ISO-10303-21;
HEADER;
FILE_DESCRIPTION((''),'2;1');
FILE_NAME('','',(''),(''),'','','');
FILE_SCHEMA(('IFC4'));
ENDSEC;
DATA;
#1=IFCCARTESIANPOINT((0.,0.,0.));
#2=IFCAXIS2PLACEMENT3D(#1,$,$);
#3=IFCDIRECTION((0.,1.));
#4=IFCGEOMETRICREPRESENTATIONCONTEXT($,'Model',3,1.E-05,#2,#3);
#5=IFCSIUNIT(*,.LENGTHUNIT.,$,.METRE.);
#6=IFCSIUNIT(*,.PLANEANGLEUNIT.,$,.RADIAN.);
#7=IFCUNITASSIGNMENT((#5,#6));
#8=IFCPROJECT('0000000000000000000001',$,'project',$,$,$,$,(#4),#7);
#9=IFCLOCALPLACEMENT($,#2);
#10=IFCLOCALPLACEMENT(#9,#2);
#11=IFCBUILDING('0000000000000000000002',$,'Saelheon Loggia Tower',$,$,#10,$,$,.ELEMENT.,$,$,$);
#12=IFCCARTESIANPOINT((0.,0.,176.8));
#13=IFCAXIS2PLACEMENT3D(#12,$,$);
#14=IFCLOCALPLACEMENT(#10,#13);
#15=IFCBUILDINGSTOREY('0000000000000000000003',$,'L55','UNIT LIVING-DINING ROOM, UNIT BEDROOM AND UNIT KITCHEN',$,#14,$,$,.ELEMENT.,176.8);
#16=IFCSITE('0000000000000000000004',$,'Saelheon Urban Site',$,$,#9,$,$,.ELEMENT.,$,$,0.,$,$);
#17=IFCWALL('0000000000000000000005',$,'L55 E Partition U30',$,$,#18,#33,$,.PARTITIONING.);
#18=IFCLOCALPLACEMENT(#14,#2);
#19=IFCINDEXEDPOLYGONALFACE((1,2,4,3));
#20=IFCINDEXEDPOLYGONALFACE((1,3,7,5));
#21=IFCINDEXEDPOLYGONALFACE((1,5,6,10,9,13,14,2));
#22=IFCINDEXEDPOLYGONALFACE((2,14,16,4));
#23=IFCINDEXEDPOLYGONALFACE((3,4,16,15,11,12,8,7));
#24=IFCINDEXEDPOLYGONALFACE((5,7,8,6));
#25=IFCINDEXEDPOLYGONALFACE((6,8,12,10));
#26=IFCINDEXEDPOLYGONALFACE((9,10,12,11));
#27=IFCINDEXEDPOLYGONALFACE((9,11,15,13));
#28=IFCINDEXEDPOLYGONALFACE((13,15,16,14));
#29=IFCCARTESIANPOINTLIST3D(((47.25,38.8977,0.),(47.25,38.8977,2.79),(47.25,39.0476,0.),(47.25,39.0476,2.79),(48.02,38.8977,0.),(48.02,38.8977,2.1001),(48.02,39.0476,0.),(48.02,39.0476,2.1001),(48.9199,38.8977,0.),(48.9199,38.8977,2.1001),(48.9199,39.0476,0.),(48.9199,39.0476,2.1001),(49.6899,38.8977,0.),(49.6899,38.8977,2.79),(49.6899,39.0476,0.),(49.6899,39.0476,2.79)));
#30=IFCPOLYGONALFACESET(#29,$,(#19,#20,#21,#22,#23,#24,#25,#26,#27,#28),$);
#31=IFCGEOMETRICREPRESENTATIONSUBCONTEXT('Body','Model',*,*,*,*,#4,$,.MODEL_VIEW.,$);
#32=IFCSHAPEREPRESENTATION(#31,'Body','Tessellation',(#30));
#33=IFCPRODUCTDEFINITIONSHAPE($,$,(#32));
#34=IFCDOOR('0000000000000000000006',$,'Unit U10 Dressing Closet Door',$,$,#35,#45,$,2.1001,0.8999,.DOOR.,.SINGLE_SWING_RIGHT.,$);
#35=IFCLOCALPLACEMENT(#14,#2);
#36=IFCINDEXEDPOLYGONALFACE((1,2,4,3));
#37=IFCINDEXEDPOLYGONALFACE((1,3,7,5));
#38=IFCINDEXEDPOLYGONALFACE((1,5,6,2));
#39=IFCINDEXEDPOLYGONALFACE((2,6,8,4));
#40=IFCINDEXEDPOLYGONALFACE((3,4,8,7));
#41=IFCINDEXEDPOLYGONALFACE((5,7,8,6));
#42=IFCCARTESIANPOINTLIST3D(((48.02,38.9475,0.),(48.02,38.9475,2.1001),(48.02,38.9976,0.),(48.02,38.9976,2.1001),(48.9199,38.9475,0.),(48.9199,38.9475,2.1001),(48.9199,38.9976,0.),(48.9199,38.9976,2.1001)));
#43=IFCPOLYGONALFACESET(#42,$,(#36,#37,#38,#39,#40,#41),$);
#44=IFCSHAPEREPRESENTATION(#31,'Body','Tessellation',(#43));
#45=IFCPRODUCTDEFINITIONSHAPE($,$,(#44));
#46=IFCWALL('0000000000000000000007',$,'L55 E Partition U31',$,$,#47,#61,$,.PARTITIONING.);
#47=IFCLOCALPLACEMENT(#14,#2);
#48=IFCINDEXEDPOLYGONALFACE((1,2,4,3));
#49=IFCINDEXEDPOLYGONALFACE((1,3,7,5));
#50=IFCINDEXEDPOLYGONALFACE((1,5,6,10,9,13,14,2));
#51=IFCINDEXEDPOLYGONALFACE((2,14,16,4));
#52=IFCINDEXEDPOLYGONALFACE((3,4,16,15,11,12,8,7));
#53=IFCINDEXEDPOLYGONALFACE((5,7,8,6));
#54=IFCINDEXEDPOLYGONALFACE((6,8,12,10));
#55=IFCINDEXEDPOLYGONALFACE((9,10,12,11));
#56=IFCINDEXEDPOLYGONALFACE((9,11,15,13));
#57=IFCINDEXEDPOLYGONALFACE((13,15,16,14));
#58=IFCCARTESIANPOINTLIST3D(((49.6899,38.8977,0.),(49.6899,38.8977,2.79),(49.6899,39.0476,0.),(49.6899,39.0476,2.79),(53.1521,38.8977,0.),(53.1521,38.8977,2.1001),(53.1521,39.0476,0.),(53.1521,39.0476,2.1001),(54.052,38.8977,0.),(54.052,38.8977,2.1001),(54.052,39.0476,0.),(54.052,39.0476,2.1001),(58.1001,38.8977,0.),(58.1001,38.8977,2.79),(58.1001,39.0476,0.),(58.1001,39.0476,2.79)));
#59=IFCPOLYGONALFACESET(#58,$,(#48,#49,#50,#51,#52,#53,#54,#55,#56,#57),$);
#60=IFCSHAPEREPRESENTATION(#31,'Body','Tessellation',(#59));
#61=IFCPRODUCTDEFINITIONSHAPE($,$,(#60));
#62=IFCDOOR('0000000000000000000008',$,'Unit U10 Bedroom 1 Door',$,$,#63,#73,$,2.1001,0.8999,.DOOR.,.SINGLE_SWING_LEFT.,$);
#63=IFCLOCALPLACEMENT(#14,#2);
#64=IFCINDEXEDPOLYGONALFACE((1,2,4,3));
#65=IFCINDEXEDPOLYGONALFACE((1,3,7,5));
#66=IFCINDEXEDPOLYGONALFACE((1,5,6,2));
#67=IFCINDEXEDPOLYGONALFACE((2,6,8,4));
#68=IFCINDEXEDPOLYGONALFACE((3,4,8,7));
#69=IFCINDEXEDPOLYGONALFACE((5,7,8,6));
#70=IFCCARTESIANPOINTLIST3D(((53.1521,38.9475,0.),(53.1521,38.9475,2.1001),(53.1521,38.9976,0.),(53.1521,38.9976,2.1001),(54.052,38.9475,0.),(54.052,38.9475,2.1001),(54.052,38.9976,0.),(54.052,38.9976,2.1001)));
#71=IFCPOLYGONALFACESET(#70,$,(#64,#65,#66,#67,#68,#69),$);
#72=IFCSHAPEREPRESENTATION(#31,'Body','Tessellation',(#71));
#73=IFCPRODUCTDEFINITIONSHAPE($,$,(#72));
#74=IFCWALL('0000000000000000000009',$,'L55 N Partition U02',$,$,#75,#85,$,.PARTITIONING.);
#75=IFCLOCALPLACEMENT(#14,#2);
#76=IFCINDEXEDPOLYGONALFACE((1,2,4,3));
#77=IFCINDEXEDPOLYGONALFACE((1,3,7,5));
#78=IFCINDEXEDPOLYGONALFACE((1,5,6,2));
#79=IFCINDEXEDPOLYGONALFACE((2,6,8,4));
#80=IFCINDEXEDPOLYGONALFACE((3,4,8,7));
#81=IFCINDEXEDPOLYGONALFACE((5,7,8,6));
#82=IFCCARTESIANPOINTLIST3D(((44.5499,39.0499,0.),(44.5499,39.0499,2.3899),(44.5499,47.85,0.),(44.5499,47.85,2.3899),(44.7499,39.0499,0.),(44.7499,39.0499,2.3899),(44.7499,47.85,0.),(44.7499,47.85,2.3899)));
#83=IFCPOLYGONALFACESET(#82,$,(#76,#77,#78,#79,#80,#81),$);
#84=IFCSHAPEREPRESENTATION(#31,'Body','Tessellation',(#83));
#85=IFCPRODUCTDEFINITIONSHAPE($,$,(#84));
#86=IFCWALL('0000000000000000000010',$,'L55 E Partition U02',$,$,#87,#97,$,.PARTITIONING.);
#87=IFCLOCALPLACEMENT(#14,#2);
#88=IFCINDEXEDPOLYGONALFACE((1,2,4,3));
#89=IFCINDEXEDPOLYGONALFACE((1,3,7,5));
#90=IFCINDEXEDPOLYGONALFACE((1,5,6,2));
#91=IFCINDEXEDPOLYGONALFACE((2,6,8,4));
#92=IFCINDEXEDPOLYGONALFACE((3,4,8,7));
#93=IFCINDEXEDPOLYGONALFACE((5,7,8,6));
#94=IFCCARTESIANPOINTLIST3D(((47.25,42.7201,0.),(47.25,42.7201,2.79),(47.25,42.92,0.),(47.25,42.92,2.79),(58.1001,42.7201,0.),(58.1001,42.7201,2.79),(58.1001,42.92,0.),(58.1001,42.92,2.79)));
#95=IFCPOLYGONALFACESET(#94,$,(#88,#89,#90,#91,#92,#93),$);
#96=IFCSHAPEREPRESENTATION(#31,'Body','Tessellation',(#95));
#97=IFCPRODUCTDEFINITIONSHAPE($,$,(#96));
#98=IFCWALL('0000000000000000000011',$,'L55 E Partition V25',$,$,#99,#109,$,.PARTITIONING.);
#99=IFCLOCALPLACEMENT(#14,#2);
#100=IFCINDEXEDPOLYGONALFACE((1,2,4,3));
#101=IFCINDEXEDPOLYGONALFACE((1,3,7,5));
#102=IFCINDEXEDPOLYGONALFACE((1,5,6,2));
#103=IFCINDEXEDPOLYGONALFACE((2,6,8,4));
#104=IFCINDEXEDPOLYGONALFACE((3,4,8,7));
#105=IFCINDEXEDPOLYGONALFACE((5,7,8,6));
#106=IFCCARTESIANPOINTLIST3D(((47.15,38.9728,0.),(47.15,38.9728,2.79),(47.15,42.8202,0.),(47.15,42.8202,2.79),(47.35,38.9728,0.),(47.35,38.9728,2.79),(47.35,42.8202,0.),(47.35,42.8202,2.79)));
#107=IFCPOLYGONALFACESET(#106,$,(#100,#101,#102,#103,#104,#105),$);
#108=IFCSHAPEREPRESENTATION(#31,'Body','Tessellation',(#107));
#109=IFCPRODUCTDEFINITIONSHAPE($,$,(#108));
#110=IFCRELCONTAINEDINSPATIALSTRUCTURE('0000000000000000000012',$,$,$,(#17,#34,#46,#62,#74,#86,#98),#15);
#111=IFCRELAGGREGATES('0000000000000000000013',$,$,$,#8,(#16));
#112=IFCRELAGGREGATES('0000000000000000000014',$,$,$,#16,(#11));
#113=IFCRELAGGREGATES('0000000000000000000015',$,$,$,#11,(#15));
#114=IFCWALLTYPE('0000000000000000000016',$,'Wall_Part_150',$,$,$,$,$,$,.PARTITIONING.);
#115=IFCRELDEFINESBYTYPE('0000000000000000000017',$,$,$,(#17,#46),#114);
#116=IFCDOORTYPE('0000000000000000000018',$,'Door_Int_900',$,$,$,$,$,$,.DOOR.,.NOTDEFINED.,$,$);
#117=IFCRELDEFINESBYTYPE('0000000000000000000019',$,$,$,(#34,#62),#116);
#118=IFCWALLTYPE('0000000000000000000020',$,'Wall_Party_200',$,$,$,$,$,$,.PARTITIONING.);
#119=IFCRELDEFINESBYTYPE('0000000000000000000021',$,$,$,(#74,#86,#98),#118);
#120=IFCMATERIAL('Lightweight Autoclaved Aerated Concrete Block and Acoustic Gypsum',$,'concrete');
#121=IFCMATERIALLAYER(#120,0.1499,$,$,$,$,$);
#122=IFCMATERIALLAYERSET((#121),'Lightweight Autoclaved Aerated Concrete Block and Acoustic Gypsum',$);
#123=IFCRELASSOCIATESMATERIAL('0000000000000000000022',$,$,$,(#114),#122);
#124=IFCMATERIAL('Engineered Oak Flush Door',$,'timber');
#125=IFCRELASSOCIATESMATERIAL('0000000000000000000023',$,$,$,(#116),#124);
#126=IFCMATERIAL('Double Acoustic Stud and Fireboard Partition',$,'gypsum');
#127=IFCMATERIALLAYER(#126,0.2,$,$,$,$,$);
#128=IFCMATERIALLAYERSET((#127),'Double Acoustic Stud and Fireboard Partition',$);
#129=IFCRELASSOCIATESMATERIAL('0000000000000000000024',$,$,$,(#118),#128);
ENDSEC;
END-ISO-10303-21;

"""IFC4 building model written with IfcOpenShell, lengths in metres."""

from ifc_helpers import new_model, si_unit, direction, frame, frame_2d, origin, place, context, subcontext, project, spatial, rectangle, extrude, source, transform, mapped, material, layer, layer_set, type_object, element, fill, save


model = new_model("IFC4")

# Units and contexts
model_context = context("Model", 3, precision=1e-05, world=origin(), true_north=direction((0.0, 1.0)))
body_context = subcontext(model_context, "Body", "Model", "MODEL_VIEW")
ifc_project = project(units=[si_unit("LENGTHUNIT", "METRE"), si_unit("PLANEANGLEUNIT", "RADIAN")], contexts=[model_context])

# Site, building, storey
site_placement = place(None, origin())
site = spatial("IfcSite", under=ifc_project, at=site_placement, Name="Saelheon Urban Site", CompositionType="ELEMENT", RefElevation=0.0)
building_placement = place(site_placement, origin())
building = spatial("IfcBuilding", under=site, at=building_placement, Name="Saelheon Loggia Tower", CompositionType="ELEMENT")
storey_placement = place(building_placement, frame((0.0, 0.0, 176.8)))
storey = spatial("IfcBuildingStorey", under=building, at=storey_placement, Name="L55", Description="UNIT LIVING-DINING ROOM, UNIT BEDROOM AND UNIT KITCHEN", CompositionType="ELEMENT", Elevation=176.8)

# Shared definitions
ifc_material_1 = material(Name="Lightweight Autoclaved Aerated Concrete Block and Acoustic Gypsum", Category="concrete")
ifc_layer_1 = layer(ifc_material_1, 0.1499)
ifc_layer_set_1 = layer_set([ifc_layer_1], Name="Lightweight Autoclaved Aerated Concrete Block and Acoustic Gypsum")
wall_type_1 = type_object("IfcWallType", Name="Wall_Part_150", PredefinedType="PARTITIONING", material=ifc_layer_set_1)
ifc_material_2 = material(Name="Engineered Oak Flush Door", Category="timber")
door_type = type_object("IfcDoorType", Name="Door_Int_900", OperationType="NOTDEFINED", PredefinedType="DOOR", material=ifc_material_2)
shared_shape_1 = source(origin(), body_context, "Body", "SweptSolid", [
    extrude(rectangle(XDim=0.8999, YDim=2.1001, at=frame_2d((0.45, 1.05))), frame((0.0, 0.0249, 0.0), z_axis=(0.0, -1.0, 0.0), x_axis=(1.0, 0.0, 0.0)), (0.0, 0.0, 1.0), 0.05),
])

# Walls, openings, doors
wall_1_placement = place(storey_placement, frame((47.25, 38.9727, 0.0), z_axis=(0.0, 0.0, 1.0), x_axis=(1.0, 0.0, 0.0)))
wall_1 = element("IfcWall", 1, at=wall_1_placement, inside=storey, type_object=wall_type_1, Name="L55 E Partition U30", PredefinedType="PARTITIONING", context=body_context, shape_type="SweptSolid", body=[
    extrude(rectangle(XDim=2.4399, YDim=0.1499, at=frame_2d((1.22, 0.0))), origin(), (0.0, 0.0, 1.0), 2.79),
])
opening_1_placement = place(wall_1_placement, frame((0.77, 0.0, 0.0)))
opening_1 = element("IfcOpeningElement", 2, at=opening_1_placement, cuts=wall_1, PredefinedType="OPENING", context=body_context, shape_type="SweptSolid", body=[
    extrude(rectangle(XDim=0.8999, YDim=2.1001, at=frame_2d((0.45, 1.05))), frame((0.0, 0.0869, 0.0), z_axis=(0.0, -1.0, 0.0), x_axis=(1.0, 0.0, 0.0)), (0.0, 0.0, 1.0), 0.1738),
])
door_1_placement = place(opening_1_placement, origin())
door_1 = element("IfcDoor", 3, at=door_1_placement, inside=storey, type_object=door_type, Name="Unit U10 Dressing Closet Door", OperationType="SINGLE_SWING_RIGHT", OverallHeight=2.1001, OverallWidth=0.8999, PredefinedType="DOOR", context=body_context, shape_type="MappedRepresentation", body=[
    mapped(shared_shape_1, transform((0.0, 0.0, 0.0), scale=1.0)),
])
fill(opening_1, door_1)
wall_2_placement = place(storey_placement, frame((49.6899, 38.9727, 0.0), z_axis=(0.0, 0.0, 1.0), x_axis=(1.0, 0.0, 0.0)))
wall_2 = element("IfcWall", 4, at=wall_2_placement, inside=storey, type_object=wall_type_1, Name="L55 E Partition U31", PredefinedType="PARTITIONING", context=body_context, shape_type="SweptSolid", body=[
    extrude(rectangle(XDim=8.4102, YDim=0.1499, at=frame_2d((4.2051, 0.0))), origin(), (0.0, 0.0, 1.0), 2.79),
])
opening_2_placement = place(wall_2_placement, frame((3.4622, 0.0, 0.0)))
opening_2 = element("IfcOpeningElement", 5, at=opening_2_placement, cuts=wall_2, PredefinedType="OPENING", context=body_context, shape_type="SweptSolid", body=[
    extrude(rectangle(XDim=0.8999, YDim=2.1001, at=frame_2d((0.45, 1.05))), frame((0.0, 0.0869, 0.0), z_axis=(0.0, -1.0, 0.0), x_axis=(1.0, 0.0, 0.0)), (0.0, 0.0, 1.0), 0.1738),
])
door_2_placement = place(opening_2_placement, origin())
door_2 = element("IfcDoor", 6, at=door_2_placement, inside=storey, type_object=door_type, Name="Unit U10 Bedroom 1 Door", OperationType="SINGLE_SWING_LEFT", OverallHeight=2.1001, OverallWidth=0.8999, PredefinedType="DOOR", context=body_context, shape_type="MappedRepresentation", body=[
    mapped(shared_shape_1, transform((0.0, 0.0, 0.0), scale=1.0)),
])
fill(opening_2, door_2)

# Walls
ifc_material_3 = material(Name="Double Acoustic Stud and Fireboard Partition", Category="gypsum")
ifc_layer_2 = layer(ifc_material_3, 0.2)
ifc_layer_set_2 = layer_set([ifc_layer_2], Name="Double Acoustic Stud and Fireboard Partition")
wall_type_2 = type_object("IfcWallType", Name="Wall_Party_200", PredefinedType="PARTITIONING", material=ifc_layer_set_2)
wall_3_placement = place(storey_placement, frame((44.6499, 39.05, 0.0), z_axis=(0.0, 0.0, 1.0), x_axis=(0.0, 1.0, 0.0)))
element("IfcWall", 7, at=wall_3_placement, inside=storey, type_object=wall_type_2, Name="L55 N Partition U02", PredefinedType="PARTITIONING", context=body_context, shape_type="SweptSolid", body=[
    extrude(rectangle(XDim=8.8, YDim=0.2, at=frame_2d((4.3999, 0.0))), origin(), (0.0, 0.0, 1.0), 2.3899),
])
wall_4_placement = place(storey_placement, frame((47.25, 42.8201, 0.0), z_axis=(0.0, 0.0, 1.0), x_axis=(1.0, 0.0, 0.0)))
element("IfcWall", 8, at=wall_4_placement, inside=storey, type_object=wall_type_2, Name="L55 E Partition U02", PredefinedType="PARTITIONING", context=body_context, shape_type="SweptSolid", body=[
    extrude(rectangle(XDim=10.8501, YDim=0.2, at=frame_2d((5.425, 0.0))), origin(), (0.0, 0.0, 1.0), 2.79),
])
wall_5_placement = place(storey_placement, frame((47.25, 38.9727, 0.0), z_axis=(0.0, 0.0, 1.0), x_axis=(0.0, 1.0, 0.0)))
element("IfcWall", 9, at=wall_5_placement, inside=storey, type_object=wall_type_2, Name="L55 E Partition V25", PredefinedType="PARTITIONING", context=body_context, shape_type="SweptSolid", body=[
    extrude(rectangle(XDim=3.8474, YDim=0.2, at=frame_2d((1.9238, 0.0))), origin(), (0.0, 0.0, 1.0), 2.79),
])

save(model, "model.ifc")
